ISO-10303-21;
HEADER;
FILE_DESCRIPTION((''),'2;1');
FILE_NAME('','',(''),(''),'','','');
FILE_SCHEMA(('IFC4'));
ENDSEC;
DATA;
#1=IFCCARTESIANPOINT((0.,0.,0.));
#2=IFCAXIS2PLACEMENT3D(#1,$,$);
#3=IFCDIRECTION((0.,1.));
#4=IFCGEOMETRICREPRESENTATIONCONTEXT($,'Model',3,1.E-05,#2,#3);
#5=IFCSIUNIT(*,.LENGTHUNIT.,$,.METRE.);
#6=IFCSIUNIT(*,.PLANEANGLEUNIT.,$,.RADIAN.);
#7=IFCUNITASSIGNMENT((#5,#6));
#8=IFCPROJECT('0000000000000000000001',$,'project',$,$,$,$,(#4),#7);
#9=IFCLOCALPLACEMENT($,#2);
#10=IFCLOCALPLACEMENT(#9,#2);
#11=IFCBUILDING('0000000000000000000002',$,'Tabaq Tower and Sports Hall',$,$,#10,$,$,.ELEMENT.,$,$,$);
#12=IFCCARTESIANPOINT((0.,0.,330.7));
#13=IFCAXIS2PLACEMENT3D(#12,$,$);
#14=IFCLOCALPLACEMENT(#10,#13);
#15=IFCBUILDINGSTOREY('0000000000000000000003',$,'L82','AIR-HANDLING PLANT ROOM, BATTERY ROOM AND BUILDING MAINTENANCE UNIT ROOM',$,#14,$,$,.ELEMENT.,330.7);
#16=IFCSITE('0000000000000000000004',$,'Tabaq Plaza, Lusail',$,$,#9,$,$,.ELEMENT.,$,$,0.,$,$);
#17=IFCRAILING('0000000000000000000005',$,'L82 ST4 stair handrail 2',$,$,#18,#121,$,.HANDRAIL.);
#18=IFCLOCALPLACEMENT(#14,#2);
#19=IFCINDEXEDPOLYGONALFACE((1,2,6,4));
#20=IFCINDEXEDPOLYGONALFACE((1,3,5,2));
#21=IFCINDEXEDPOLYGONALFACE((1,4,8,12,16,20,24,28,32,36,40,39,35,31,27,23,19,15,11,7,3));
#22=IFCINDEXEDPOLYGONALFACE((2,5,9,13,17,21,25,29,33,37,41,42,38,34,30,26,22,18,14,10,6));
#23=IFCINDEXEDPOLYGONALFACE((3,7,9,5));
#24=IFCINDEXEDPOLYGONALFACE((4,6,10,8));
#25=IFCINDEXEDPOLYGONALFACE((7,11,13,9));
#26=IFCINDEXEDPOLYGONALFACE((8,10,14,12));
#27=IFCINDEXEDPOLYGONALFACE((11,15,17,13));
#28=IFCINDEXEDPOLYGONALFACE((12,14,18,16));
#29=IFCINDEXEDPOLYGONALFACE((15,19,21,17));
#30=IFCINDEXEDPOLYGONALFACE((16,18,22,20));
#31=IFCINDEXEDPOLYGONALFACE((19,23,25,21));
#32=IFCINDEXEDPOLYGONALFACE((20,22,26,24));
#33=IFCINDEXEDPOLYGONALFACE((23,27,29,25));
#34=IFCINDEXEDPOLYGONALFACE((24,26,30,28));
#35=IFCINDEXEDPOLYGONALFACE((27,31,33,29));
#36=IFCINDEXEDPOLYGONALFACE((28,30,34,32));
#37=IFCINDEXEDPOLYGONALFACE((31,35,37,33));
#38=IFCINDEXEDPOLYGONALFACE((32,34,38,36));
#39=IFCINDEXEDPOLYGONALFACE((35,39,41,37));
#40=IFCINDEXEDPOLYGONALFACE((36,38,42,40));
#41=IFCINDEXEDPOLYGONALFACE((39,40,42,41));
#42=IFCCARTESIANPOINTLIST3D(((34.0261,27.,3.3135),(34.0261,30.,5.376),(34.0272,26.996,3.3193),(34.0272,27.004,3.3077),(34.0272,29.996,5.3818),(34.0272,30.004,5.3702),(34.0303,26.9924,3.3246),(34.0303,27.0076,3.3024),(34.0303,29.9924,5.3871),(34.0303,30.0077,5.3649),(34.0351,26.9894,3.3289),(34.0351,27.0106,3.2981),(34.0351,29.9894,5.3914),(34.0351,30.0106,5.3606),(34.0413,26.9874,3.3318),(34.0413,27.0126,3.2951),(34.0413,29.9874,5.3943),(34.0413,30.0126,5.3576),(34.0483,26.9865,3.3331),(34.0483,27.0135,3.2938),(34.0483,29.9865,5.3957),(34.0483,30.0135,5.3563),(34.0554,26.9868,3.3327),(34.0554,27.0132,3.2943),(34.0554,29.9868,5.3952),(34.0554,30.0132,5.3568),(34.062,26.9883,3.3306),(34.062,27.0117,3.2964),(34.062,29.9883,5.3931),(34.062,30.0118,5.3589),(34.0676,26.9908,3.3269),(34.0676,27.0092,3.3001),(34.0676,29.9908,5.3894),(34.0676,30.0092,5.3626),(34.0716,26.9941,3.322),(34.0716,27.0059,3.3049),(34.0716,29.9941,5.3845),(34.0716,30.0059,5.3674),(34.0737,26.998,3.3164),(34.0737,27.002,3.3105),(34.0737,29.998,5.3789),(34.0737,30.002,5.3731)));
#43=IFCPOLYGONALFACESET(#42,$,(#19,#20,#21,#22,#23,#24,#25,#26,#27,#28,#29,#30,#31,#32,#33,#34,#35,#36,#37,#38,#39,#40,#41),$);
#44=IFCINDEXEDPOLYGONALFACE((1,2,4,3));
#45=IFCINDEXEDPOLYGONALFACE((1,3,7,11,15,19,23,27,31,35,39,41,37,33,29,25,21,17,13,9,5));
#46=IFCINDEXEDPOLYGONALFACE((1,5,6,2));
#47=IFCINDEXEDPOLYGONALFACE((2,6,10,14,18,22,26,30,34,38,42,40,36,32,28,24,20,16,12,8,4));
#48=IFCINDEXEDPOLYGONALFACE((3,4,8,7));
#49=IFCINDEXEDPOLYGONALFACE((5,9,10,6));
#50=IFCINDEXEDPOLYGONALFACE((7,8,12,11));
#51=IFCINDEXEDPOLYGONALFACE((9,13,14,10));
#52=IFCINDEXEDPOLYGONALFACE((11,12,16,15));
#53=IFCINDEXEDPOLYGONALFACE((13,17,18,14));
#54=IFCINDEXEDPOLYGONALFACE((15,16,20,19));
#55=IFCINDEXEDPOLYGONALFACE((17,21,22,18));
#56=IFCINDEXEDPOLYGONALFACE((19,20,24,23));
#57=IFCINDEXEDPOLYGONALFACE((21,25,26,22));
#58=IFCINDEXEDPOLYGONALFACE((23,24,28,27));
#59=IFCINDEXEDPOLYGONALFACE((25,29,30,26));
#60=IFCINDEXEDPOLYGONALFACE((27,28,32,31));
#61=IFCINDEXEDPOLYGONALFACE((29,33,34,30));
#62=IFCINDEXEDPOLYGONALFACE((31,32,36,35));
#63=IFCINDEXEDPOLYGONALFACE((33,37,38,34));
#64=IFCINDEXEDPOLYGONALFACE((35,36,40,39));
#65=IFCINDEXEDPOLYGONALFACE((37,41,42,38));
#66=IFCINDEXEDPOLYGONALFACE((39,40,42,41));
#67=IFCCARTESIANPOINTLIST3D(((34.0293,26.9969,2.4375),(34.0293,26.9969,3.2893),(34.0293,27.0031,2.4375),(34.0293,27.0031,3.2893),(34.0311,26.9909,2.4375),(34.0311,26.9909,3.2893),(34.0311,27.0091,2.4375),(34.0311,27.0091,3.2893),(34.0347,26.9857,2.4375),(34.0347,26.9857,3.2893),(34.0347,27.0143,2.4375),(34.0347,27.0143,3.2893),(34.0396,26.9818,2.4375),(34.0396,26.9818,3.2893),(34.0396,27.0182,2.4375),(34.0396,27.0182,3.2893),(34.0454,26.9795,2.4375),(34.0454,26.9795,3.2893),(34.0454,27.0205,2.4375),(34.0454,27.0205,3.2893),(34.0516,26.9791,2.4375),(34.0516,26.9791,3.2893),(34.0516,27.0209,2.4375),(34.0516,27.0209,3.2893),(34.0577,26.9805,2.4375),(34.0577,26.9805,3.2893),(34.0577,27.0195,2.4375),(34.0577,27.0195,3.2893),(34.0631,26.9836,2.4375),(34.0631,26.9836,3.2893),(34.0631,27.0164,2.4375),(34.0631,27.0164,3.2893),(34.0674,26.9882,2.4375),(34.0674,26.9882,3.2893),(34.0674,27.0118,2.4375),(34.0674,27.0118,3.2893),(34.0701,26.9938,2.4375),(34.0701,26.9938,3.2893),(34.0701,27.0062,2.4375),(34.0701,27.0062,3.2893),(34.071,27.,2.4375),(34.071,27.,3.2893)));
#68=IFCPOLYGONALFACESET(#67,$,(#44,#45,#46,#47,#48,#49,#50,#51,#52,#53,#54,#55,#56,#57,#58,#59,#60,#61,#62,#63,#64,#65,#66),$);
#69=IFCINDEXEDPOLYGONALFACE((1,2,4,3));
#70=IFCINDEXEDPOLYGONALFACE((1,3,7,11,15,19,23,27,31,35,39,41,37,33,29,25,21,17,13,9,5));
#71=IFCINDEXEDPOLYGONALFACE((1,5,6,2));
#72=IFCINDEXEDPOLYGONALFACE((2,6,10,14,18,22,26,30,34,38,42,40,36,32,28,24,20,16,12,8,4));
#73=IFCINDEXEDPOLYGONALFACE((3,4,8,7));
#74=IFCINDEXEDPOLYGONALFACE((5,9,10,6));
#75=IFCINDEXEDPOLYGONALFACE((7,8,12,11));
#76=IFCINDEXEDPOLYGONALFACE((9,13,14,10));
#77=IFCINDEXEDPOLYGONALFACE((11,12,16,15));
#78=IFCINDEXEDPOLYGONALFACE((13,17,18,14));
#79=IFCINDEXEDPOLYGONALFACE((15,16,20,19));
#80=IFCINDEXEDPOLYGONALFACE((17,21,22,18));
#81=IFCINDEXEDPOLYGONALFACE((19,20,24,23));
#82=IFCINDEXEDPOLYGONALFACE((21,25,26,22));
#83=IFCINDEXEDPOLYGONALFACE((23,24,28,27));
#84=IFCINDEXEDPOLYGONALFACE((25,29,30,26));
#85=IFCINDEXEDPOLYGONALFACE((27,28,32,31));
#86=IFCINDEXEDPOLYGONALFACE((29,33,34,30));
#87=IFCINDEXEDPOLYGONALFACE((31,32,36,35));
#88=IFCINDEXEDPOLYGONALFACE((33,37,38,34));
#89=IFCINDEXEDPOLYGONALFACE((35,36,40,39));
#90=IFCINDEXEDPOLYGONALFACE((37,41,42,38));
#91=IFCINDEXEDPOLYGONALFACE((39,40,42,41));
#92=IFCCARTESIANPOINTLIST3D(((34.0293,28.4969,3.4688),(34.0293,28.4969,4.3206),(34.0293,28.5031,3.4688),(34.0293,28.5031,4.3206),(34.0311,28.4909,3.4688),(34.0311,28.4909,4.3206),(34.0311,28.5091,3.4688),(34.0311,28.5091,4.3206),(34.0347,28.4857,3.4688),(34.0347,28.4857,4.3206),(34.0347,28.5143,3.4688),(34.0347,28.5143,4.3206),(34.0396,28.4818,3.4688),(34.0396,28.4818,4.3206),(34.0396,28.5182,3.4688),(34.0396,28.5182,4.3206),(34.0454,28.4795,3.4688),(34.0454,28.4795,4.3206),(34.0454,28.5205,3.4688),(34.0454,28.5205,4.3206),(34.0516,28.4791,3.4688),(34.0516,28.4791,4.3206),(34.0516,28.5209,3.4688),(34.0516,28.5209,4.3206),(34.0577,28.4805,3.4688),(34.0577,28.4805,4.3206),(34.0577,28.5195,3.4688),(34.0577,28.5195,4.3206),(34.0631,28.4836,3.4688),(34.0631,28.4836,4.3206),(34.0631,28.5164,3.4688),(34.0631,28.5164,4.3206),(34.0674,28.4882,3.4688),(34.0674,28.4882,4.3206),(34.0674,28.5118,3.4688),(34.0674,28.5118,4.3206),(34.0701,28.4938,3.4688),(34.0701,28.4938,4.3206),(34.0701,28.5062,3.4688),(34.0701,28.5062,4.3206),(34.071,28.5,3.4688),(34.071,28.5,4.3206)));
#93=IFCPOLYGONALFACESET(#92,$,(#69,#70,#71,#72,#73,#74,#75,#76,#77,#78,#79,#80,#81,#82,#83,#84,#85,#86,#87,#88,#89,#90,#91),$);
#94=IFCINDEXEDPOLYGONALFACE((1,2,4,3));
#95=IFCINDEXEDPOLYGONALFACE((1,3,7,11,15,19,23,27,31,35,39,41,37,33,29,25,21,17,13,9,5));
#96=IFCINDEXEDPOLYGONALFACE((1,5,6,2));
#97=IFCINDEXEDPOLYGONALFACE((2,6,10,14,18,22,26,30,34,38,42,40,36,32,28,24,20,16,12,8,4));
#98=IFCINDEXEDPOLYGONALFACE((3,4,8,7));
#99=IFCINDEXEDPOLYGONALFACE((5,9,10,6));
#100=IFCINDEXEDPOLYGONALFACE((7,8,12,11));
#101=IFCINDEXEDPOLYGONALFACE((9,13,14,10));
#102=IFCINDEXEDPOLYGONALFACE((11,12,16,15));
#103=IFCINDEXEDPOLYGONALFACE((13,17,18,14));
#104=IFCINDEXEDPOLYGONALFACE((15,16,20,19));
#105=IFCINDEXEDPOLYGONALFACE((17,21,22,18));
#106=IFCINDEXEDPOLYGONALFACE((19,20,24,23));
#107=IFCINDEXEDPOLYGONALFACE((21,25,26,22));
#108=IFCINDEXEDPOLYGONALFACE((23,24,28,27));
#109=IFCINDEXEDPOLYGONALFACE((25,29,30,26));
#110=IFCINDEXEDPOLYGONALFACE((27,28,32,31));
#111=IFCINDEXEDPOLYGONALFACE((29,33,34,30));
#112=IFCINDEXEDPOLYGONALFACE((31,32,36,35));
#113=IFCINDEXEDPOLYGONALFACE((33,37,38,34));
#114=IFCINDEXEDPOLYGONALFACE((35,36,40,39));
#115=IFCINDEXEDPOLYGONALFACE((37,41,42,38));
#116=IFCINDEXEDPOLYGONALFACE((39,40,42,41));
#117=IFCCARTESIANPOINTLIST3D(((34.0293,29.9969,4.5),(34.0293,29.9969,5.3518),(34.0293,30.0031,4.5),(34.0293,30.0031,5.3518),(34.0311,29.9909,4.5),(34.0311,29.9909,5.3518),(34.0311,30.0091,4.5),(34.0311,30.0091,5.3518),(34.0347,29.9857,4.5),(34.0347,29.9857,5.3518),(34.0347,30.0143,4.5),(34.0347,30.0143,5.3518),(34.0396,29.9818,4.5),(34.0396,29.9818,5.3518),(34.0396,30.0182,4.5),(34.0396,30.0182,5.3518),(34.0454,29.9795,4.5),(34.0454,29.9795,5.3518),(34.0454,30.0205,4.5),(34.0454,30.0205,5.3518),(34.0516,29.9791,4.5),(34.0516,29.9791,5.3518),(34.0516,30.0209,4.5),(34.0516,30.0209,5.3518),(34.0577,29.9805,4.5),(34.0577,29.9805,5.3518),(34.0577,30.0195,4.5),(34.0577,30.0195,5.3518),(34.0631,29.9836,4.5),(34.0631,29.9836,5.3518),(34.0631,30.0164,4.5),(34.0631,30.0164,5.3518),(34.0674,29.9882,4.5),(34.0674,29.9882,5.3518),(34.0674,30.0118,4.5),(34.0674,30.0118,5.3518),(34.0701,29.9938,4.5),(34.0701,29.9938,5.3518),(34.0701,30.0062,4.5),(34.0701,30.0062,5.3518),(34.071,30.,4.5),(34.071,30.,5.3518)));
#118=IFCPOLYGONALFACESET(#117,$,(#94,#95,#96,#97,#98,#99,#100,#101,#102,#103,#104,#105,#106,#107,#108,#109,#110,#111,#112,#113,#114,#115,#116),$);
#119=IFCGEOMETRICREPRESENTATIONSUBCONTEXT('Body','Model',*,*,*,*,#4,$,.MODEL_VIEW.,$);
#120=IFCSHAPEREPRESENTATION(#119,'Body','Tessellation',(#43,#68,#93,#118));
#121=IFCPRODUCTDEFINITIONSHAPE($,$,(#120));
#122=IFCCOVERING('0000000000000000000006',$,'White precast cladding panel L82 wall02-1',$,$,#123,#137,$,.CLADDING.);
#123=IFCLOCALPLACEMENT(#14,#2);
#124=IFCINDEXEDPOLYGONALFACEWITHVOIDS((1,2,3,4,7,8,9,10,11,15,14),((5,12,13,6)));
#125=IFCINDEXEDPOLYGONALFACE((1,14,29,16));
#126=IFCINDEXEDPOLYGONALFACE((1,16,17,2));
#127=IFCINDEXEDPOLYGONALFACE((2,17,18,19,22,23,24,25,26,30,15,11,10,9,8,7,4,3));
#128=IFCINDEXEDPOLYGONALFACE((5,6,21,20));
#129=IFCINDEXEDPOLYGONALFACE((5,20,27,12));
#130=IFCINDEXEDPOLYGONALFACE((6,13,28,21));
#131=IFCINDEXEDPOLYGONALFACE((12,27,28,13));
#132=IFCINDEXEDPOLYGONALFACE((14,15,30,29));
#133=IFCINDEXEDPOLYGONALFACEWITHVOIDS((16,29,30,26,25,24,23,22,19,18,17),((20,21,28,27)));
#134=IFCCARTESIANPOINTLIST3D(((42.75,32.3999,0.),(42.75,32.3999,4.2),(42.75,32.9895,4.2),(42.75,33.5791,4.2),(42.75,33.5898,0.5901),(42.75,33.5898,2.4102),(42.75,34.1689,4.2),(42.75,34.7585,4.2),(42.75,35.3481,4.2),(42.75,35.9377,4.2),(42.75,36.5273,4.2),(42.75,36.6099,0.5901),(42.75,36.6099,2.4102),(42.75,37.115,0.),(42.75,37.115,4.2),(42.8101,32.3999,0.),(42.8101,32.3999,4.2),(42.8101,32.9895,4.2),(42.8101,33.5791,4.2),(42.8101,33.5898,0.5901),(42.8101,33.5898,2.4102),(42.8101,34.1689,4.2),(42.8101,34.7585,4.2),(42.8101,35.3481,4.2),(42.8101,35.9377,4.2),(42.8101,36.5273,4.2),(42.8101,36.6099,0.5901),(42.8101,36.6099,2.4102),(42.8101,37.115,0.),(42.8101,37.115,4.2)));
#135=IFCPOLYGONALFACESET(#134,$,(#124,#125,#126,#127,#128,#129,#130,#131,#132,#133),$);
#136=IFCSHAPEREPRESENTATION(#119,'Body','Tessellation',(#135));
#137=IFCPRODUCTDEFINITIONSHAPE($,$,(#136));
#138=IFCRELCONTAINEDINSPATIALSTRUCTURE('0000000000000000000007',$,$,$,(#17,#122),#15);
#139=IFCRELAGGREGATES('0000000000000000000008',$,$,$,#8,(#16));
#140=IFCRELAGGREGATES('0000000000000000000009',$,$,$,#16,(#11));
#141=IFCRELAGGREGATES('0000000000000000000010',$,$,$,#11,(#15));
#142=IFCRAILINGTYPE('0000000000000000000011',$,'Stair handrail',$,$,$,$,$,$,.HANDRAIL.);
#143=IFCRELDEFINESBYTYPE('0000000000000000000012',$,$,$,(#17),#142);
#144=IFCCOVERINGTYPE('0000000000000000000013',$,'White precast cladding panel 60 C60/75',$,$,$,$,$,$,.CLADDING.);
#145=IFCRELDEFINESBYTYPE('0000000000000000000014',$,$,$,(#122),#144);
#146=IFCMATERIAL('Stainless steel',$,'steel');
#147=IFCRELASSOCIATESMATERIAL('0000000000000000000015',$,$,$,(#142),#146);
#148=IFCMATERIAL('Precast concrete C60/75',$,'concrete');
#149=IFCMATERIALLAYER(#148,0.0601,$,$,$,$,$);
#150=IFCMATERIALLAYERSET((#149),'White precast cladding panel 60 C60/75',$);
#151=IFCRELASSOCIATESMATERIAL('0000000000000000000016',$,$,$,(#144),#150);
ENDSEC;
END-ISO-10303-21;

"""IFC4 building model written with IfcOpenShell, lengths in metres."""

from ifc_helpers import new_model, si_unit, direction, frame, origin, origin_2d, place, context, subcontext, project, spatial, polyline, circle, outline, extrude, material, layer, layer_set, type_object, element, save


model = new_model("IFC4")

# Units and contexts
model_context = context("Model", 3, precision=1e-05, world=origin(), true_north=direction((0.0, 1.0)))
body_context = subcontext(model_context, "Body", "Model", "MODEL_VIEW")
ifc_project = project(units=[si_unit("LENGTHUNIT", "METRE"), si_unit("PLANEANGLEUNIT", "RADIAN")], contexts=[model_context])

# Site, building, storey
site_placement = place(None, origin())
site = spatial("IfcSite", under=ifc_project, at=site_placement, Name="Tabaq Plaza, Lusail", CompositionType="ELEMENT", RefElevation=0.0)
building_placement = place(site_placement, origin())
building = spatial("IfcBuilding", under=site, at=building_placement, Name="Tabaq Tower and Sports Hall", CompositionType="ELEMENT")
storey_placement = place(building_placement, frame((0.0, 0.0, 330.7)))
storey = spatial("IfcBuildingStorey", under=building, at=storey_placement, Name="L82", Description="AIR-HANDLING PLANT ROOM, BATTERY ROOM AND BUILDING MAINTENANCE UNIT ROOM", CompositionType="ELEMENT", Elevation=330.7)

# Railing
ifc_material_1 = material(Name="Stainless steel", Category="steel")
railing_type_1 = type_object("IfcRailingType", Name="Stair handrail", PredefinedType="HANDRAIL", material=ifc_material_1)
railing_1_placement = place(storey_placement, frame((34.05, 27.0, 2.4375)))
element("IfcRailing", 1, at=railing_1_placement, inside=storey, type_object=railing_type_1, Name="L82 ST4 stair handrail 2", PredefinedType="HANDRAIL", context=body_context, shape_type="SweptSolid", body=[
    extrude(circle(Radius=0.0239, at=origin_2d()), frame((0.0, 0.0, 0.876), z_axis=(0.0, 0.824042, 0.566529), x_axis=(-1.0, 0.0, 0.0)), (0.0, 0.0, 1.0), 3.6406),
    extrude(circle(Radius=0.021, at=origin_2d()), origin(), (0.0, 0.0, 1.0), 0.8518),
    extrude(circle(Radius=0.021, at=origin_2d()), frame((0.0, 1.5, 1.0312)), (0.0, 0.0, 1.0), 0.8518),
    extrude(circle(Radius=0.021, at=origin_2d()), frame((0.0, 3.0, 2.0625)), (0.0, 0.0, 1.0), 0.8518),
])

# Covering
ifc_material_2 = material(Name="Precast concrete C60/75", Category="concrete")
ifc_layer_1 = layer(ifc_material_2, 0.0601)
ifc_layer_set_1 = layer_set([ifc_layer_1], Name="White precast cladding panel 60 C60/75")
covering_type = type_object("IfcCoveringType", Name="White precast cladding panel 60 C60/75", PredefinedType="CLADDING", material=ifc_layer_set_1)
covering_placement = place(storey_placement, frame((42.78, 32.3999, 0.0), z_axis=(0.0, 0.0, 1.0), x_axis=(0.0, 1.0, 0.0)))
element("IfcCovering", 2, at=covering_placement, inside=storey, type_object=covering_type, Name="White precast cladding panel L82 wall02-1", PredefinedType="CLADDING", context=body_context, shape_type="SweptSolid", body=[
    extrude(outline(polyline([(0.0, 0.0), (4.7151, 0.0), (4.7151, 4.2), (4.1274, 4.2), (3.5378, 4.2), (2.9482, 4.2), (2.3586, 4.2), (1.769, 4.2), (1.1792, 4.2), (0.5896, 4.2), (0.0, 4.2), (0.0, 0.0)]), holes=[polyline([(1.1899, 0.5901), (1.1899, 2.4102), (4.21, 2.4102), (4.21, 0.5901), (1.1899, 0.5901)])]), frame((0.0, 0.03, 0.0), z_axis=(0.0, -1.0, 0.0), x_axis=(1.0, 0.0, 0.0)), (0.0, 0.0, 1.0), 0.0601),
])

save(model, "model.ifc")
